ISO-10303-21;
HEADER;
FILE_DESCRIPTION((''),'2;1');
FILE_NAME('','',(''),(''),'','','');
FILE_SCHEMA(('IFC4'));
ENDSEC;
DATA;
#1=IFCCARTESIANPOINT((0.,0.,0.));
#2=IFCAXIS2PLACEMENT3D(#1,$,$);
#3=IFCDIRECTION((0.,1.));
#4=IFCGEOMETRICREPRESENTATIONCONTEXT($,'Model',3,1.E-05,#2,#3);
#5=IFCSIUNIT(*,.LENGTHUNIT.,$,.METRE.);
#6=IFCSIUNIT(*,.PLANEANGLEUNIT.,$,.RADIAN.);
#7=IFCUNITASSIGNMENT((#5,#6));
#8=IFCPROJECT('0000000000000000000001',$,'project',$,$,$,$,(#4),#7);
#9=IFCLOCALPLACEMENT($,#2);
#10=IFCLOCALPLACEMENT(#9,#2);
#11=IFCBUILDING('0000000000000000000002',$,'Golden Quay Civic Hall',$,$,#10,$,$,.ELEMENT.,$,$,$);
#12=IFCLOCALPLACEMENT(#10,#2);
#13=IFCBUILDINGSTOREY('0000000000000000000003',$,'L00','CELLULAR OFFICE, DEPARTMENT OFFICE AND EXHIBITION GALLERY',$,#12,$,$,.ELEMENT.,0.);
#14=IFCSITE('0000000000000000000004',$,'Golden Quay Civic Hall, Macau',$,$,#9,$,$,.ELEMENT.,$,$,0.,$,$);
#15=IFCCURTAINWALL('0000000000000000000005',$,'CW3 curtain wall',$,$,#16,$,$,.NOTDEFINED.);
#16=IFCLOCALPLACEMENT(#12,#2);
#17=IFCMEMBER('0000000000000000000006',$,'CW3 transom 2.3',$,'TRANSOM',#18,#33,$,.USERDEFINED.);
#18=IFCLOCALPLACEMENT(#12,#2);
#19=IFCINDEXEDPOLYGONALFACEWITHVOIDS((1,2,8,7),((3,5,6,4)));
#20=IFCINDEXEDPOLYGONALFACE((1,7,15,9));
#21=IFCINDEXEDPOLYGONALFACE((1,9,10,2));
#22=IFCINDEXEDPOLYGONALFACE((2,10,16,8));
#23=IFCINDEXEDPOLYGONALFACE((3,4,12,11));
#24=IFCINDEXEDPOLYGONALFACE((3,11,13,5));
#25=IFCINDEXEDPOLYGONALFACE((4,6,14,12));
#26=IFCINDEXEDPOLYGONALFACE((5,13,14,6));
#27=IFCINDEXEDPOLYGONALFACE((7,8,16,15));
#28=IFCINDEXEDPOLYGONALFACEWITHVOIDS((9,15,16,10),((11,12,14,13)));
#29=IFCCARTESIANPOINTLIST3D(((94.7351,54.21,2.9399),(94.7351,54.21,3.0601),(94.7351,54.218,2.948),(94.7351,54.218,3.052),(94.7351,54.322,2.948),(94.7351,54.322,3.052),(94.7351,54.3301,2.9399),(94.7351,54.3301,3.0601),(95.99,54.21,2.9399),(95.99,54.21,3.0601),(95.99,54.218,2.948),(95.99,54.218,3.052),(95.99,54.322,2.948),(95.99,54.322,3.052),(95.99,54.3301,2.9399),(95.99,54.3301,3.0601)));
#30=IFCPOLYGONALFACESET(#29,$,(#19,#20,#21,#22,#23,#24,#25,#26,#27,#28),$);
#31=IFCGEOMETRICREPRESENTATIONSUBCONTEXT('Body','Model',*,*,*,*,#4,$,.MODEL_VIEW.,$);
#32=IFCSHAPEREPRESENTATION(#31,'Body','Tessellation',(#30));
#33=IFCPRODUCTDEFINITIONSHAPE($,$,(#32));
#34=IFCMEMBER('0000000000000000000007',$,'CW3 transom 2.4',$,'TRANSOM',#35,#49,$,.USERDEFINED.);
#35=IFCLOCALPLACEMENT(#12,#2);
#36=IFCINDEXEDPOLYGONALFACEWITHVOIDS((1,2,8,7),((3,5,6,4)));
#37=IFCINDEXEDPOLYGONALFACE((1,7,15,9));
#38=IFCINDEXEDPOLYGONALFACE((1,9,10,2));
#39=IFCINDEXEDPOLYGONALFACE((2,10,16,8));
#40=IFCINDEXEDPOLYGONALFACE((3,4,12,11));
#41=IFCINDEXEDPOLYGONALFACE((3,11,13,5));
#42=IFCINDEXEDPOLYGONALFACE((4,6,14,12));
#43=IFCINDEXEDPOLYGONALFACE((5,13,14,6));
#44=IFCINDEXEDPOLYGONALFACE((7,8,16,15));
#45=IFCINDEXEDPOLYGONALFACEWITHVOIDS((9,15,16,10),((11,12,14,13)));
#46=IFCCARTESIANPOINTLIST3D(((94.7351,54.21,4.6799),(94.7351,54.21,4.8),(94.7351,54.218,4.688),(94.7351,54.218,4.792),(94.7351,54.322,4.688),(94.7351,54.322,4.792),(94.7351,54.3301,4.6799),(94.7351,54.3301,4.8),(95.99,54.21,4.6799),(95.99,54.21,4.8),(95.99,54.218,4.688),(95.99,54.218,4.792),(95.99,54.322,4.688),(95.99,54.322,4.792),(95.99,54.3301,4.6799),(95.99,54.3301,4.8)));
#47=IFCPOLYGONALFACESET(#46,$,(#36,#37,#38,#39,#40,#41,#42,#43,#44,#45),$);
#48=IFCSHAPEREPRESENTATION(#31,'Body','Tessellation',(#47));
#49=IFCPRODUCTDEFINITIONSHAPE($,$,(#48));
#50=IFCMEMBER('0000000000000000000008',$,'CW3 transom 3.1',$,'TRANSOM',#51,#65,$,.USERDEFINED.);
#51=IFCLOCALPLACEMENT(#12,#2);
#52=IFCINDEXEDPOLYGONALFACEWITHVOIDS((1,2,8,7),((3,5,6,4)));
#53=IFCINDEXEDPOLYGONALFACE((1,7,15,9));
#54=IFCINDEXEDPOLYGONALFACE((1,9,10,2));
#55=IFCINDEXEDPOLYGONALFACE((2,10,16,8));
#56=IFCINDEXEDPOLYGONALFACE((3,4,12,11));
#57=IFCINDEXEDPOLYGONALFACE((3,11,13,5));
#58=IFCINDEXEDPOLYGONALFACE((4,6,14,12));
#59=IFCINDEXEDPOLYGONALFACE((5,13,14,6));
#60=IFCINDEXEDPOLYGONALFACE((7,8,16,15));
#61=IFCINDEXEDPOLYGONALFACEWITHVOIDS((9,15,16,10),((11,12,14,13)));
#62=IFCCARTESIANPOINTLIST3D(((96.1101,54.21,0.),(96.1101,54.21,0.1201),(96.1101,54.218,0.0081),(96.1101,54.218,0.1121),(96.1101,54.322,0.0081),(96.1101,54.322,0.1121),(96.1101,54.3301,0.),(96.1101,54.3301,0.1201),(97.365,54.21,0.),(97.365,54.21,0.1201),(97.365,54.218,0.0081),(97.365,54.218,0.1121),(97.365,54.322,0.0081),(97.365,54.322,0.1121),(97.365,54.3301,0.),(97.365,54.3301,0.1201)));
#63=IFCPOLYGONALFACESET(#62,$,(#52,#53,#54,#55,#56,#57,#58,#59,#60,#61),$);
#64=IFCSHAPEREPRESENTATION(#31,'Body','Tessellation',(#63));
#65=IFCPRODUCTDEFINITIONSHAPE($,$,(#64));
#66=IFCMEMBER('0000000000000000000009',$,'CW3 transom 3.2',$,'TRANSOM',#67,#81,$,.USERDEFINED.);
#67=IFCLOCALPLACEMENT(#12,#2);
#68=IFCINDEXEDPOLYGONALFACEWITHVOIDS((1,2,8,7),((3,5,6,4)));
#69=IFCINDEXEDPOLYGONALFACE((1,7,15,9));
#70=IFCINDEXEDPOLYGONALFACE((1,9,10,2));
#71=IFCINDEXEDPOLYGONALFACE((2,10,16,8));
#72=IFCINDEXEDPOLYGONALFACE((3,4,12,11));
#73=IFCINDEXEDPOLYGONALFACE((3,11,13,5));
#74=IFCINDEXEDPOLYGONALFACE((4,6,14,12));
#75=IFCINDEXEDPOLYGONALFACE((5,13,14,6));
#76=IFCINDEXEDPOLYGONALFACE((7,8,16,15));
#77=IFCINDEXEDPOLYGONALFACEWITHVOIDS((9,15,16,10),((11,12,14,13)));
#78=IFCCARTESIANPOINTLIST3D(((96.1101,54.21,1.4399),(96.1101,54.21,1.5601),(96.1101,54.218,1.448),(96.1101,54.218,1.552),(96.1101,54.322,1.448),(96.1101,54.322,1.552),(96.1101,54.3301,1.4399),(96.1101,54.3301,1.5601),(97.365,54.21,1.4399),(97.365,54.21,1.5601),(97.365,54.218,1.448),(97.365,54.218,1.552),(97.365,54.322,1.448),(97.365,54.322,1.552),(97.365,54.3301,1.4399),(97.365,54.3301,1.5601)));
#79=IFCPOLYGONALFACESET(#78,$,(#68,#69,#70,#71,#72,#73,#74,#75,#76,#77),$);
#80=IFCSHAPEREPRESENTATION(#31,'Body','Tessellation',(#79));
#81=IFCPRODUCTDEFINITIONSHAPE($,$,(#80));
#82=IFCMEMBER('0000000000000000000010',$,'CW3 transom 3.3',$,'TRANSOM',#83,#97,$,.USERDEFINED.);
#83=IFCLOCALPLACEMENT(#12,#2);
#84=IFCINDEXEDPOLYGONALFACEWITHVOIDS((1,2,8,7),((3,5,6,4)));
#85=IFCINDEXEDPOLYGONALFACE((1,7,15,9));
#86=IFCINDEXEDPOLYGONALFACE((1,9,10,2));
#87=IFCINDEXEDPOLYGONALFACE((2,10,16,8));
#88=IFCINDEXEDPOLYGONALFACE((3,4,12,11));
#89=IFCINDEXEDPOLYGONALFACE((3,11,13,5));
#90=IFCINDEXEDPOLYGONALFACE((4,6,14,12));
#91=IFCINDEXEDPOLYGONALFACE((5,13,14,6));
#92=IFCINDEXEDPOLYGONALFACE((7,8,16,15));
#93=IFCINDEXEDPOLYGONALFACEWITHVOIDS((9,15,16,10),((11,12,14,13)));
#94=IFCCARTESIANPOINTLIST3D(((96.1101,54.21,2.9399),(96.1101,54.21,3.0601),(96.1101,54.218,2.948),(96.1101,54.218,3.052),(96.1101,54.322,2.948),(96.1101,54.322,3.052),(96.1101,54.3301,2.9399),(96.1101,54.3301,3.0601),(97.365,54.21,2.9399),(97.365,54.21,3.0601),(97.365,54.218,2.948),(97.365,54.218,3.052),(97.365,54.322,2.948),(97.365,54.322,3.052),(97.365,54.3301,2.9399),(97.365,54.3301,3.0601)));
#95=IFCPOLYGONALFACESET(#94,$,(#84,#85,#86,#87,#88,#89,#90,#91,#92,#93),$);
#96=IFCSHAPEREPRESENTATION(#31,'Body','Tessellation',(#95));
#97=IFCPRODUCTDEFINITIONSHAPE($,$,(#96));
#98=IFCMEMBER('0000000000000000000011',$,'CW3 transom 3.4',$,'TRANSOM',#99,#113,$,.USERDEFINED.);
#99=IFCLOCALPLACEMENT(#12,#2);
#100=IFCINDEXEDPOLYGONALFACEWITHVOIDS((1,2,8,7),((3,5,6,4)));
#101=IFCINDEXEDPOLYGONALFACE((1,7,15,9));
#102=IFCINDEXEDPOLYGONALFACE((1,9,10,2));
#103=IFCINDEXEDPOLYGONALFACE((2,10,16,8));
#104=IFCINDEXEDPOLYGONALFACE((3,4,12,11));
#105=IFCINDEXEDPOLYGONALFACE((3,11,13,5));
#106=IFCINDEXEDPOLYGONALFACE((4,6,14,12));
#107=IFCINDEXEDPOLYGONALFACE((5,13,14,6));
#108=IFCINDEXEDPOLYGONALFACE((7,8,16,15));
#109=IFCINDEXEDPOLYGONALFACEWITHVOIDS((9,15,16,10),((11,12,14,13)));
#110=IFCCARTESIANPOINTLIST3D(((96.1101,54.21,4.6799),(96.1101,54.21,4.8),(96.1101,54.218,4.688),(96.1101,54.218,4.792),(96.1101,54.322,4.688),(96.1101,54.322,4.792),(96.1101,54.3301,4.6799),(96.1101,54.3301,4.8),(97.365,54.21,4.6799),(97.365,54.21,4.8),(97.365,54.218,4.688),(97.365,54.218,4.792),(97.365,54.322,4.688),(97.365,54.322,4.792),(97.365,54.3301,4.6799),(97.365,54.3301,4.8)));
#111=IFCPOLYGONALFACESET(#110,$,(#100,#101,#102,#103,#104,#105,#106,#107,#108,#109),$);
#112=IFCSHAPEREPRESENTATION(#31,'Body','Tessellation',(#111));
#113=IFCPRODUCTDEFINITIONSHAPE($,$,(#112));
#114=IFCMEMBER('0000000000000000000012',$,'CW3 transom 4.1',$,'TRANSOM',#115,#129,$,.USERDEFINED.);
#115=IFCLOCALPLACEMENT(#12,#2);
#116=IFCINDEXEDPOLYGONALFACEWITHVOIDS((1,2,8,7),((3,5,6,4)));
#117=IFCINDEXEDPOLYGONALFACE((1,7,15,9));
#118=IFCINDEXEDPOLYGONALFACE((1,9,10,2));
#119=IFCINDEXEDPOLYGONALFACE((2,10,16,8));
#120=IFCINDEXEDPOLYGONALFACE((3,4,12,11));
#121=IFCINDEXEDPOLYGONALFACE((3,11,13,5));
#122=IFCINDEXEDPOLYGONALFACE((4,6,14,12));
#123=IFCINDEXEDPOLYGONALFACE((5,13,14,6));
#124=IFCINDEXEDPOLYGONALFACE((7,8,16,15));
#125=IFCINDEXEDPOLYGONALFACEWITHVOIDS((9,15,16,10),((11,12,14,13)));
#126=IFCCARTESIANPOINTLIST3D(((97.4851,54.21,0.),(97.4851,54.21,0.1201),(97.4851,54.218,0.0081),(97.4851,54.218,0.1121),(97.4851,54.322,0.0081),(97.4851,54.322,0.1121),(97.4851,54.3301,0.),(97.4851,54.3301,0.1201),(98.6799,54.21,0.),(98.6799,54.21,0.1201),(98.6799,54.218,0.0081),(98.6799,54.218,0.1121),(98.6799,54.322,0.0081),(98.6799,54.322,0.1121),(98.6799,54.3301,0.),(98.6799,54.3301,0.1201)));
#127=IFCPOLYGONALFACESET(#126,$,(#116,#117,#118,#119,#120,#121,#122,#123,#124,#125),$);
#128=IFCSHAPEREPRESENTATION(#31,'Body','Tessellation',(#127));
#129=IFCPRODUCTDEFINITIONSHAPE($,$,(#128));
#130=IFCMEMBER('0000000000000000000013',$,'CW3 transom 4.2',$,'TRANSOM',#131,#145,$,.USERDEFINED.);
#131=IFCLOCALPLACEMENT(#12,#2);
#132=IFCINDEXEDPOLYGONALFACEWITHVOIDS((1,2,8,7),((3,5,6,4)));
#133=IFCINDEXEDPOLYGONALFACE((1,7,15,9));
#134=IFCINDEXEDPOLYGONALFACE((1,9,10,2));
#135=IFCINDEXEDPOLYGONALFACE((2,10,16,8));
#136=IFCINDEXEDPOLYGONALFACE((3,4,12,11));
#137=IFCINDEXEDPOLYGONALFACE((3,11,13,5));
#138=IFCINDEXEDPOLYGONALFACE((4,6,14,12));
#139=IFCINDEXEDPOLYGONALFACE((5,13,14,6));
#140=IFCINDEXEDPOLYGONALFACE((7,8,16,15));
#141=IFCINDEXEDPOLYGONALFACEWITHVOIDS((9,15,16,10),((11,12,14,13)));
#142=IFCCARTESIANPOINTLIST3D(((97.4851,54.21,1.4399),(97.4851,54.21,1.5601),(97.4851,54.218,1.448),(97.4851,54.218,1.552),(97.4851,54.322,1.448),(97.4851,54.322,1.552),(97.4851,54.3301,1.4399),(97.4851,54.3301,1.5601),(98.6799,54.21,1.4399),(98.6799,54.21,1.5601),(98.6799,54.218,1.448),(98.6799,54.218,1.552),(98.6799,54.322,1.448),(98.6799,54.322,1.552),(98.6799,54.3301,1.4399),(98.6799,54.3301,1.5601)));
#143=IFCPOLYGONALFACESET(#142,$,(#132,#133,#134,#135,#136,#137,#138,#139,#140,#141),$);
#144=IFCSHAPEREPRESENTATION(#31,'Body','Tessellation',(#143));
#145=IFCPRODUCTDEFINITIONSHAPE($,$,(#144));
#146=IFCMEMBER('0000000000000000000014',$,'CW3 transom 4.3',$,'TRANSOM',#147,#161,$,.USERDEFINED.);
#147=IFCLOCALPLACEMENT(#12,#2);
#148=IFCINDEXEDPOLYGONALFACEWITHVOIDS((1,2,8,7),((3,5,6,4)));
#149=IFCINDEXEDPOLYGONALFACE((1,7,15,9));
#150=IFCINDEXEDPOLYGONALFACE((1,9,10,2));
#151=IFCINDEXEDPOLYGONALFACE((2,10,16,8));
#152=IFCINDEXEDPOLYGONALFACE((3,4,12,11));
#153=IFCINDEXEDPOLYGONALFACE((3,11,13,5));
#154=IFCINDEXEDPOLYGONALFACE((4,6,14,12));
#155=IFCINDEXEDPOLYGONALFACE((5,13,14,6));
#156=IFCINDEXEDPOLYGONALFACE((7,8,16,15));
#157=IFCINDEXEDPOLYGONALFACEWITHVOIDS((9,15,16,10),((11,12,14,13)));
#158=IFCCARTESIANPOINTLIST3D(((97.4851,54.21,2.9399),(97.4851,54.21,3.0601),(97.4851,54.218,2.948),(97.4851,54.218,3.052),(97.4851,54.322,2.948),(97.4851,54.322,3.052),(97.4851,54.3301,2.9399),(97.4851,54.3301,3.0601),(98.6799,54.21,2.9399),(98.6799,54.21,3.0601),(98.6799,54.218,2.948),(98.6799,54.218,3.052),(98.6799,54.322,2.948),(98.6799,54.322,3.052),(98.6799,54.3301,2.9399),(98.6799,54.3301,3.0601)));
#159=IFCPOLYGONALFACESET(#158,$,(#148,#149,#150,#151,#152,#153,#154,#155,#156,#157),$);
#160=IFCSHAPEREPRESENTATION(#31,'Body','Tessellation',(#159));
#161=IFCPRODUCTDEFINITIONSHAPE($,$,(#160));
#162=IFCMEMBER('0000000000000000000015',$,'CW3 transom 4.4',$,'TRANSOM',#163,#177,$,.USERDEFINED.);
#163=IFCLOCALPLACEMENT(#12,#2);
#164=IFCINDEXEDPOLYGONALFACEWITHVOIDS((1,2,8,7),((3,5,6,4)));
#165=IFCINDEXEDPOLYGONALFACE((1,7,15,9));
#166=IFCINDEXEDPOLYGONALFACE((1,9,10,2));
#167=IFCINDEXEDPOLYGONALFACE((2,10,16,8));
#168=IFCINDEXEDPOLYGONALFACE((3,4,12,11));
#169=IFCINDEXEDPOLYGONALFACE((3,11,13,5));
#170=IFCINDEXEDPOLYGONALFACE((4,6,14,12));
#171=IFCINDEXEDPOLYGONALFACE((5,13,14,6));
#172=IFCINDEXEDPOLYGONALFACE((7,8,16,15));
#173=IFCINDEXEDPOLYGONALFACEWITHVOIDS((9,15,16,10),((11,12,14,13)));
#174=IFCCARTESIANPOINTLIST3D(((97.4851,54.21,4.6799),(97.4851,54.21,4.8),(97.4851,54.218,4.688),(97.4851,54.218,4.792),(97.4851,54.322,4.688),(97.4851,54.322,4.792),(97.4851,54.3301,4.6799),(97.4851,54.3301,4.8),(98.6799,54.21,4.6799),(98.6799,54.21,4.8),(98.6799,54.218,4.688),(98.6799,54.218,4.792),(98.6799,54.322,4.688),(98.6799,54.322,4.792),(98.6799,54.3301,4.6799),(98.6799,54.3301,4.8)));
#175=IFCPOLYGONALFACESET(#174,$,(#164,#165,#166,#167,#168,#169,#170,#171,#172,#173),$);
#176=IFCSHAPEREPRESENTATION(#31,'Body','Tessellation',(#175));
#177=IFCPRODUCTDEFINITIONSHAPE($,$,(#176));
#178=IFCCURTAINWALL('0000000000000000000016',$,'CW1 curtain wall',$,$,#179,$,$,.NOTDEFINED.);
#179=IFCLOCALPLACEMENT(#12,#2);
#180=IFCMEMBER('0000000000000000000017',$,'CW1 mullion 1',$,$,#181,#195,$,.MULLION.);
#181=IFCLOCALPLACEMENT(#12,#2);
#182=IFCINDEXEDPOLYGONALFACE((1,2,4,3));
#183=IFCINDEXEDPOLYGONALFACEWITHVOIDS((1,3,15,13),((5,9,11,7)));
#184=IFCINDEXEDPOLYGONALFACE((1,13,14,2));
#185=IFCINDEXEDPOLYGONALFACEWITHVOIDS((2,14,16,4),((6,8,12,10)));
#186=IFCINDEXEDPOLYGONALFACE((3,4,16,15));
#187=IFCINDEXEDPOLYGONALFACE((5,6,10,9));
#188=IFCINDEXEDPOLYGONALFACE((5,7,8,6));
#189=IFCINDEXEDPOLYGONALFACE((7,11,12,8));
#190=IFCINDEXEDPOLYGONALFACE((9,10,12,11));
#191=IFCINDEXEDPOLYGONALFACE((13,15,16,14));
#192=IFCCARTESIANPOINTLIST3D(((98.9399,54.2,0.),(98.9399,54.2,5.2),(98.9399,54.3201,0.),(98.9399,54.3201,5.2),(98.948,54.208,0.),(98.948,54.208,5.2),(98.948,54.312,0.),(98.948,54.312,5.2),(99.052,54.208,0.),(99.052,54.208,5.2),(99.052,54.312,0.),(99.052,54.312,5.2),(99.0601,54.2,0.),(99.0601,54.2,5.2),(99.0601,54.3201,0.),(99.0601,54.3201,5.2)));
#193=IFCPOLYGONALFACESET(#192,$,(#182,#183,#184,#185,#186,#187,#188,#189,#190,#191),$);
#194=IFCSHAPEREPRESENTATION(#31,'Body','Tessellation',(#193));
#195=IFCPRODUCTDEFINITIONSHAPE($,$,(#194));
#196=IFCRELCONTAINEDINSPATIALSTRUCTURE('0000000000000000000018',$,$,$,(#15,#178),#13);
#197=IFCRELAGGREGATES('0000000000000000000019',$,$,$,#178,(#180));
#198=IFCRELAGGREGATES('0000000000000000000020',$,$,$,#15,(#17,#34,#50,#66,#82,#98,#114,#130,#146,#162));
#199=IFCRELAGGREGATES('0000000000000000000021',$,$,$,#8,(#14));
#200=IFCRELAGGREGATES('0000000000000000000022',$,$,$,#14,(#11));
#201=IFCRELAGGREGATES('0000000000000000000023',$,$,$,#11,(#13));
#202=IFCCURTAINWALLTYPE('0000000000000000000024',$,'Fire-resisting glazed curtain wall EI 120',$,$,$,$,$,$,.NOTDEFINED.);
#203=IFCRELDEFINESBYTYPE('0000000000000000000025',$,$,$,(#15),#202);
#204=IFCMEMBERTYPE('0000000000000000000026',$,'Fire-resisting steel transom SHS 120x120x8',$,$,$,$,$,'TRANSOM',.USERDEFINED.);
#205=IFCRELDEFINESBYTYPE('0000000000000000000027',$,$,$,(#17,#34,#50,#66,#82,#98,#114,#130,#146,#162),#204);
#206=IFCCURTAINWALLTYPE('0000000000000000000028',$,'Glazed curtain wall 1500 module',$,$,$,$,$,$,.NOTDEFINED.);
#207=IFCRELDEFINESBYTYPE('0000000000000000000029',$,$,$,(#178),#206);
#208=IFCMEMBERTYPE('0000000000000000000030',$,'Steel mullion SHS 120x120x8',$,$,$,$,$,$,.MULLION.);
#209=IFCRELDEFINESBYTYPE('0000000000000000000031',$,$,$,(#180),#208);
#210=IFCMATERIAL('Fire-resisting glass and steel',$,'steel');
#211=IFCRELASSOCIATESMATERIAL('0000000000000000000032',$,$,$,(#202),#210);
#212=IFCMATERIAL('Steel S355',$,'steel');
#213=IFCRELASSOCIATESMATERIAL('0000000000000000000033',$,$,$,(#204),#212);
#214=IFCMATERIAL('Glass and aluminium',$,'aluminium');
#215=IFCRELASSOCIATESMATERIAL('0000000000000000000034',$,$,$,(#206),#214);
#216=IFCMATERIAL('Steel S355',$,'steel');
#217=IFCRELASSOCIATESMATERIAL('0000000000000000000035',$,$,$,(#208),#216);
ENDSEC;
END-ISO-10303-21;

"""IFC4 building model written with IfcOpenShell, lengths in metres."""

from ifc_helpers import new_model, si_unit, direction, frame, origin, origin_2d, place, context, subcontext, project, spatial, hollow_rectangle, extrude, material, material_profile, profile_set, type_object, element, aggregate, save


model = new_model("IFC4")

# Units and contexts
model_context = context("Model", 3, precision=1e-05, world=origin(), true_north=direction((0.0, 1.0)))
body_context = subcontext(model_context, "Body", "Model", "MODEL_VIEW")
ifc_project = project(units=[si_unit("LENGTHUNIT", "METRE"), si_unit("PLANEANGLEUNIT", "RADIAN")], contexts=[model_context])

# Site, building, storey
site_placement = place(None, origin())
site = spatial("IfcSite", under=ifc_project, at=site_placement, Name="Golden Quay Civic Hall, Macau", CompositionType="ELEMENT", RefElevation=0.0)
building_placement = place(site_placement, origin())
building = spatial("IfcBuilding", under=site, at=building_placement, Name="Golden Quay Civic Hall", CompositionType="ELEMENT")
storey_placement = place(building_placement, origin())
storey = spatial("IfcBuildingStorey", under=building, at=storey_placement, Name="L00", Description="CELLULAR OFFICE, DEPARTMENT OFFICE AND EXHIBITION GALLERY", CompositionType="ELEMENT", Elevation=0.0)

# Curtain walls, members
ifc_material_1 = material(Name="Fire-resisting glass and steel", Category="steel")
curtain_wall_type_1 = type_object("IfcCurtainWallType", Name="Fire-resisting glazed curtain wall EI 120", PredefinedType="NOTDEFINED", material=ifc_material_1)
curtain_wall_1_placement = place(storey_placement, origin())
curtain_wall_1 = element("IfcCurtainWall", 1, at=curtain_wall_1_placement, inside=storey, type_object=curtain_wall_type_1, Name="CW3 curtain wall", PredefinedType="NOTDEFINED")
ifc_material_2 = material(Name="Steel S355", Category="steel")
ifc_material_profile_1 = material_profile(ifc_material_2, hollow_rectangle(XDim=0.1201, YDim=0.1201, WallThickness=0.0081, at=origin_2d()), Name="SHS 120x120x8")
ifc_profile_set_1 = profile_set([ifc_material_profile_1], Name="Steel S355")
member_type_1 = type_object("IfcMemberType", Name="Fire-resisting steel transom SHS 120x120x8", ElementType="TRANSOM", PredefinedType="USERDEFINED", material=ifc_profile_set_1)
member_1_placement = place(storey_placement, frame((94.7351, 54.27, 3.0), z_axis=(1.0, 0.0, 0.0), x_axis=(0.0, 1.0, 0.0)))
member_1 = element("IfcMember", 2, at=member_1_placement, type_object=member_type_1, Name="CW3 transom 2.3", ObjectType="TRANSOM", PredefinedType="USERDEFINED", context=body_context, shape_type="SweptSolid", body=[
    extrude(hollow_rectangle(XDim=0.1201, YDim=0.1201, WallThickness=0.0081, at=origin_2d()), origin(), (0.0, 0.0, 1.0), 1.2549),
])
member_2_placement = place(storey_placement, frame((94.7351, 54.27, 4.74), z_axis=(1.0, 0.0, 0.0), x_axis=(0.0, 1.0, 0.0)))
member_2 = element("IfcMember", 3, at=member_2_placement, type_object=member_type_1, Name="CW3 transom 2.4", ObjectType="TRANSOM", PredefinedType="USERDEFINED", context=body_context, shape_type="SweptSolid", body=[
    extrude(hollow_rectangle(XDim=0.1201, YDim=0.1201, WallThickness=0.0081, at=origin_2d()), origin(), (0.0, 0.0, 1.0), 1.2549),
])
member_3_placement = place(storey_placement, frame((96.1101, 54.27, 0.0601), z_axis=(1.0, 0.0, 0.0), x_axis=(0.0, 1.0, 0.0)))
member_3 = element("IfcMember", 4, at=member_3_placement, type_object=member_type_1, Name="CW3 transom 3.1", ObjectType="TRANSOM", PredefinedType="USERDEFINED", context=body_context, shape_type="SweptSolid", body=[
    extrude(hollow_rectangle(XDim=0.1201, YDim=0.1201, WallThickness=0.0081, at=origin_2d()), origin(), (0.0, 0.0, 1.0), 1.2549),
])
member_4_placement = place(storey_placement, frame((96.1101, 54.27, 1.5), z_axis=(1.0, 0.0, 0.0), x_axis=(0.0, 1.0, 0.0)))
member_4 = element("IfcMember", 5, at=member_4_placement, type_object=member_type_1, Name="CW3 transom 3.2", ObjectType="TRANSOM", PredefinedType="USERDEFINED", context=body_context, shape_type="SweptSolid", body=[
    extrude(hollow_rectangle(XDim=0.1201, YDim=0.1201, WallThickness=0.0081, at=origin_2d()), origin(), (0.0, 0.0, 1.0), 1.2549),
])
member_5_placement = place(storey_placement, frame((96.1101, 54.27, 3.0), z_axis=(1.0, 0.0, 0.0), x_axis=(0.0, 1.0, 0.0)))
member_5 = element("IfcMember", 6, at=member_5_placement, type_object=member_type_1, Name="CW3 transom 3.3", ObjectType="TRANSOM", PredefinedType="USERDEFINED", context=body_context, shape_type="SweptSolid", body=[
    extrude(hollow_rectangle(XDim=0.1201, YDim=0.1201, WallThickness=0.0081, at=origin_2d()), origin(), (0.0, 0.0, 1.0), 1.2549),
])
member_6_placement = place(storey_placement, frame((96.1101, 54.27, 4.74), z_axis=(1.0, 0.0, 0.0), x_axis=(0.0, 1.0, 0.0)))
member_6 = element("IfcMember", 7, at=member_6_placement, type_object=member_type_1, Name="CW3 transom 3.4", ObjectType="TRANSOM", PredefinedType="USERDEFINED", context=body_context, shape_type="SweptSolid", body=[
    extrude(hollow_rectangle(XDim=0.1201, YDim=0.1201, WallThickness=0.0081, at=origin_2d()), origin(), (0.0, 0.0, 1.0), 1.2549),
])
member_7_placement = place(storey_placement, frame((97.4851, 54.27, 0.0601), z_axis=(1.0, 0.0, 0.0), x_axis=(0.0, 1.0, 0.0)))
member_7 = element("IfcMember", 8, at=member_7_placement, type_object=member_type_1, Name="CW3 transom 4.1", ObjectType="TRANSOM", PredefinedType="USERDEFINED", context=body_context, shape_type="SweptSolid", body=[
    extrude(hollow_rectangle(XDim=0.1201, YDim=0.1201, WallThickness=0.0081, at=origin_2d()), origin(), (0.0, 0.0, 1.0), 1.1948),
])
member_8_placement = place(storey_placement, frame((97.4851, 54.27, 1.5), z_axis=(1.0, 0.0, 0.0), x_axis=(0.0, 1.0, 0.0)))
member_8 = element("IfcMember", 9, at=member_8_placement, type_object=member_type_1, Name="CW3 transom 4.2", ObjectType="TRANSOM", PredefinedType="USERDEFINED", context=body_context, shape_type="SweptSolid", body=[
    extrude(hollow_rectangle(XDim=0.1201, YDim=0.1201, WallThickness=0.0081, at=origin_2d()), origin(), (0.0, 0.0, 1.0), 1.1948),
])
member_9_placement = place(storey_placement, frame((97.4851, 54.27, 3.0), z_axis=(1.0, 0.0, 0.0), x_axis=(0.0, 1.0, 0.0)))
member_9 = element("IfcMember", 10, at=member_9_placement, type_object=member_type_1, Name="CW3 transom 4.3", ObjectType="TRANSOM", PredefinedType="USERDEFINED", context=body_context, shape_type="SweptSolid", body=[
    extrude(hollow_rectangle(XDim=0.1201, YDim=0.1201, WallThickness=0.0081, at=origin_2d()), origin(), (0.0, 0.0, 1.0), 1.1948),
])
member_10_placement = place(storey_placement, frame((97.4851, 54.27, 4.74), z_axis=(1.0, 0.0, 0.0), x_axis=(0.0, 1.0, 0.0)))
member_10 = element("IfcMember", 11, at=member_10_placement, type_object=member_type_1, Name="CW3 transom 4.4", ObjectType="TRANSOM", PredefinedType="USERDEFINED", context=body_context, shape_type="SweptSolid", body=[
    extrude(hollow_rectangle(XDim=0.1201, YDim=0.1201, WallThickness=0.0081, at=origin_2d()), origin(), (0.0, 0.0, 1.0), 1.1948),
])
ifc_material_3 = material(Name="Glass and aluminium", Category="aluminium")
curtain_wall_type_2 = type_object("IfcCurtainWallType", Name="Glazed curtain wall 1500 module", PredefinedType="NOTDEFINED", material=ifc_material_3)
curtain_wall_2_placement = place(storey_placement, origin())
curtain_wall_2 = element("IfcCurtainWall", 12, at=curtain_wall_2_placement, inside=storey, type_object=curtain_wall_type_2, Name="CW1 curtain wall", PredefinedType="NOTDEFINED")
ifc_material_4 = material(Name="Steel S355", Category="steel")
ifc_material_profile_2 = material_profile(ifc_material_4, hollow_rectangle(XDim=0.1201, YDim=0.1201, WallThickness=0.0081, at=origin_2d()), Name="SHS 120x120x8")
ifc_profile_set_2 = profile_set([ifc_material_profile_2], Name="Steel S355")
member_type_2 = type_object("IfcMemberType", Name="Steel mullion SHS 120x120x8", PredefinedType="MULLION", material=ifc_profile_set_2)
member_11_placement = place(storey_placement, frame((99.0, 54.26, 0.0), z_axis=(0.0, 0.0, 1.0), x_axis=(-1.0, 0.0, 0.0)))
member_11 = element("IfcMember", 13, at=member_11_placement, type_object=member_type_2, Name="CW1 mullion 1", PredefinedType="MULLION", context=body_context, shape_type="SweptSolid", body=[
    extrude(hollow_rectangle(XDim=0.1201, YDim=0.1201, WallThickness=0.0081, at=origin_2d()), origin(), (0.0, 0.0, 1.0), 5.2),
])
aggregate(curtain_wall_2, [member_11])

aggregate(curtain_wall_1, [member_1, member_2, member_3, member_4, member_5, member_6, member_7, member_8, member_9, member_10])

save(model, "model.ifc")
